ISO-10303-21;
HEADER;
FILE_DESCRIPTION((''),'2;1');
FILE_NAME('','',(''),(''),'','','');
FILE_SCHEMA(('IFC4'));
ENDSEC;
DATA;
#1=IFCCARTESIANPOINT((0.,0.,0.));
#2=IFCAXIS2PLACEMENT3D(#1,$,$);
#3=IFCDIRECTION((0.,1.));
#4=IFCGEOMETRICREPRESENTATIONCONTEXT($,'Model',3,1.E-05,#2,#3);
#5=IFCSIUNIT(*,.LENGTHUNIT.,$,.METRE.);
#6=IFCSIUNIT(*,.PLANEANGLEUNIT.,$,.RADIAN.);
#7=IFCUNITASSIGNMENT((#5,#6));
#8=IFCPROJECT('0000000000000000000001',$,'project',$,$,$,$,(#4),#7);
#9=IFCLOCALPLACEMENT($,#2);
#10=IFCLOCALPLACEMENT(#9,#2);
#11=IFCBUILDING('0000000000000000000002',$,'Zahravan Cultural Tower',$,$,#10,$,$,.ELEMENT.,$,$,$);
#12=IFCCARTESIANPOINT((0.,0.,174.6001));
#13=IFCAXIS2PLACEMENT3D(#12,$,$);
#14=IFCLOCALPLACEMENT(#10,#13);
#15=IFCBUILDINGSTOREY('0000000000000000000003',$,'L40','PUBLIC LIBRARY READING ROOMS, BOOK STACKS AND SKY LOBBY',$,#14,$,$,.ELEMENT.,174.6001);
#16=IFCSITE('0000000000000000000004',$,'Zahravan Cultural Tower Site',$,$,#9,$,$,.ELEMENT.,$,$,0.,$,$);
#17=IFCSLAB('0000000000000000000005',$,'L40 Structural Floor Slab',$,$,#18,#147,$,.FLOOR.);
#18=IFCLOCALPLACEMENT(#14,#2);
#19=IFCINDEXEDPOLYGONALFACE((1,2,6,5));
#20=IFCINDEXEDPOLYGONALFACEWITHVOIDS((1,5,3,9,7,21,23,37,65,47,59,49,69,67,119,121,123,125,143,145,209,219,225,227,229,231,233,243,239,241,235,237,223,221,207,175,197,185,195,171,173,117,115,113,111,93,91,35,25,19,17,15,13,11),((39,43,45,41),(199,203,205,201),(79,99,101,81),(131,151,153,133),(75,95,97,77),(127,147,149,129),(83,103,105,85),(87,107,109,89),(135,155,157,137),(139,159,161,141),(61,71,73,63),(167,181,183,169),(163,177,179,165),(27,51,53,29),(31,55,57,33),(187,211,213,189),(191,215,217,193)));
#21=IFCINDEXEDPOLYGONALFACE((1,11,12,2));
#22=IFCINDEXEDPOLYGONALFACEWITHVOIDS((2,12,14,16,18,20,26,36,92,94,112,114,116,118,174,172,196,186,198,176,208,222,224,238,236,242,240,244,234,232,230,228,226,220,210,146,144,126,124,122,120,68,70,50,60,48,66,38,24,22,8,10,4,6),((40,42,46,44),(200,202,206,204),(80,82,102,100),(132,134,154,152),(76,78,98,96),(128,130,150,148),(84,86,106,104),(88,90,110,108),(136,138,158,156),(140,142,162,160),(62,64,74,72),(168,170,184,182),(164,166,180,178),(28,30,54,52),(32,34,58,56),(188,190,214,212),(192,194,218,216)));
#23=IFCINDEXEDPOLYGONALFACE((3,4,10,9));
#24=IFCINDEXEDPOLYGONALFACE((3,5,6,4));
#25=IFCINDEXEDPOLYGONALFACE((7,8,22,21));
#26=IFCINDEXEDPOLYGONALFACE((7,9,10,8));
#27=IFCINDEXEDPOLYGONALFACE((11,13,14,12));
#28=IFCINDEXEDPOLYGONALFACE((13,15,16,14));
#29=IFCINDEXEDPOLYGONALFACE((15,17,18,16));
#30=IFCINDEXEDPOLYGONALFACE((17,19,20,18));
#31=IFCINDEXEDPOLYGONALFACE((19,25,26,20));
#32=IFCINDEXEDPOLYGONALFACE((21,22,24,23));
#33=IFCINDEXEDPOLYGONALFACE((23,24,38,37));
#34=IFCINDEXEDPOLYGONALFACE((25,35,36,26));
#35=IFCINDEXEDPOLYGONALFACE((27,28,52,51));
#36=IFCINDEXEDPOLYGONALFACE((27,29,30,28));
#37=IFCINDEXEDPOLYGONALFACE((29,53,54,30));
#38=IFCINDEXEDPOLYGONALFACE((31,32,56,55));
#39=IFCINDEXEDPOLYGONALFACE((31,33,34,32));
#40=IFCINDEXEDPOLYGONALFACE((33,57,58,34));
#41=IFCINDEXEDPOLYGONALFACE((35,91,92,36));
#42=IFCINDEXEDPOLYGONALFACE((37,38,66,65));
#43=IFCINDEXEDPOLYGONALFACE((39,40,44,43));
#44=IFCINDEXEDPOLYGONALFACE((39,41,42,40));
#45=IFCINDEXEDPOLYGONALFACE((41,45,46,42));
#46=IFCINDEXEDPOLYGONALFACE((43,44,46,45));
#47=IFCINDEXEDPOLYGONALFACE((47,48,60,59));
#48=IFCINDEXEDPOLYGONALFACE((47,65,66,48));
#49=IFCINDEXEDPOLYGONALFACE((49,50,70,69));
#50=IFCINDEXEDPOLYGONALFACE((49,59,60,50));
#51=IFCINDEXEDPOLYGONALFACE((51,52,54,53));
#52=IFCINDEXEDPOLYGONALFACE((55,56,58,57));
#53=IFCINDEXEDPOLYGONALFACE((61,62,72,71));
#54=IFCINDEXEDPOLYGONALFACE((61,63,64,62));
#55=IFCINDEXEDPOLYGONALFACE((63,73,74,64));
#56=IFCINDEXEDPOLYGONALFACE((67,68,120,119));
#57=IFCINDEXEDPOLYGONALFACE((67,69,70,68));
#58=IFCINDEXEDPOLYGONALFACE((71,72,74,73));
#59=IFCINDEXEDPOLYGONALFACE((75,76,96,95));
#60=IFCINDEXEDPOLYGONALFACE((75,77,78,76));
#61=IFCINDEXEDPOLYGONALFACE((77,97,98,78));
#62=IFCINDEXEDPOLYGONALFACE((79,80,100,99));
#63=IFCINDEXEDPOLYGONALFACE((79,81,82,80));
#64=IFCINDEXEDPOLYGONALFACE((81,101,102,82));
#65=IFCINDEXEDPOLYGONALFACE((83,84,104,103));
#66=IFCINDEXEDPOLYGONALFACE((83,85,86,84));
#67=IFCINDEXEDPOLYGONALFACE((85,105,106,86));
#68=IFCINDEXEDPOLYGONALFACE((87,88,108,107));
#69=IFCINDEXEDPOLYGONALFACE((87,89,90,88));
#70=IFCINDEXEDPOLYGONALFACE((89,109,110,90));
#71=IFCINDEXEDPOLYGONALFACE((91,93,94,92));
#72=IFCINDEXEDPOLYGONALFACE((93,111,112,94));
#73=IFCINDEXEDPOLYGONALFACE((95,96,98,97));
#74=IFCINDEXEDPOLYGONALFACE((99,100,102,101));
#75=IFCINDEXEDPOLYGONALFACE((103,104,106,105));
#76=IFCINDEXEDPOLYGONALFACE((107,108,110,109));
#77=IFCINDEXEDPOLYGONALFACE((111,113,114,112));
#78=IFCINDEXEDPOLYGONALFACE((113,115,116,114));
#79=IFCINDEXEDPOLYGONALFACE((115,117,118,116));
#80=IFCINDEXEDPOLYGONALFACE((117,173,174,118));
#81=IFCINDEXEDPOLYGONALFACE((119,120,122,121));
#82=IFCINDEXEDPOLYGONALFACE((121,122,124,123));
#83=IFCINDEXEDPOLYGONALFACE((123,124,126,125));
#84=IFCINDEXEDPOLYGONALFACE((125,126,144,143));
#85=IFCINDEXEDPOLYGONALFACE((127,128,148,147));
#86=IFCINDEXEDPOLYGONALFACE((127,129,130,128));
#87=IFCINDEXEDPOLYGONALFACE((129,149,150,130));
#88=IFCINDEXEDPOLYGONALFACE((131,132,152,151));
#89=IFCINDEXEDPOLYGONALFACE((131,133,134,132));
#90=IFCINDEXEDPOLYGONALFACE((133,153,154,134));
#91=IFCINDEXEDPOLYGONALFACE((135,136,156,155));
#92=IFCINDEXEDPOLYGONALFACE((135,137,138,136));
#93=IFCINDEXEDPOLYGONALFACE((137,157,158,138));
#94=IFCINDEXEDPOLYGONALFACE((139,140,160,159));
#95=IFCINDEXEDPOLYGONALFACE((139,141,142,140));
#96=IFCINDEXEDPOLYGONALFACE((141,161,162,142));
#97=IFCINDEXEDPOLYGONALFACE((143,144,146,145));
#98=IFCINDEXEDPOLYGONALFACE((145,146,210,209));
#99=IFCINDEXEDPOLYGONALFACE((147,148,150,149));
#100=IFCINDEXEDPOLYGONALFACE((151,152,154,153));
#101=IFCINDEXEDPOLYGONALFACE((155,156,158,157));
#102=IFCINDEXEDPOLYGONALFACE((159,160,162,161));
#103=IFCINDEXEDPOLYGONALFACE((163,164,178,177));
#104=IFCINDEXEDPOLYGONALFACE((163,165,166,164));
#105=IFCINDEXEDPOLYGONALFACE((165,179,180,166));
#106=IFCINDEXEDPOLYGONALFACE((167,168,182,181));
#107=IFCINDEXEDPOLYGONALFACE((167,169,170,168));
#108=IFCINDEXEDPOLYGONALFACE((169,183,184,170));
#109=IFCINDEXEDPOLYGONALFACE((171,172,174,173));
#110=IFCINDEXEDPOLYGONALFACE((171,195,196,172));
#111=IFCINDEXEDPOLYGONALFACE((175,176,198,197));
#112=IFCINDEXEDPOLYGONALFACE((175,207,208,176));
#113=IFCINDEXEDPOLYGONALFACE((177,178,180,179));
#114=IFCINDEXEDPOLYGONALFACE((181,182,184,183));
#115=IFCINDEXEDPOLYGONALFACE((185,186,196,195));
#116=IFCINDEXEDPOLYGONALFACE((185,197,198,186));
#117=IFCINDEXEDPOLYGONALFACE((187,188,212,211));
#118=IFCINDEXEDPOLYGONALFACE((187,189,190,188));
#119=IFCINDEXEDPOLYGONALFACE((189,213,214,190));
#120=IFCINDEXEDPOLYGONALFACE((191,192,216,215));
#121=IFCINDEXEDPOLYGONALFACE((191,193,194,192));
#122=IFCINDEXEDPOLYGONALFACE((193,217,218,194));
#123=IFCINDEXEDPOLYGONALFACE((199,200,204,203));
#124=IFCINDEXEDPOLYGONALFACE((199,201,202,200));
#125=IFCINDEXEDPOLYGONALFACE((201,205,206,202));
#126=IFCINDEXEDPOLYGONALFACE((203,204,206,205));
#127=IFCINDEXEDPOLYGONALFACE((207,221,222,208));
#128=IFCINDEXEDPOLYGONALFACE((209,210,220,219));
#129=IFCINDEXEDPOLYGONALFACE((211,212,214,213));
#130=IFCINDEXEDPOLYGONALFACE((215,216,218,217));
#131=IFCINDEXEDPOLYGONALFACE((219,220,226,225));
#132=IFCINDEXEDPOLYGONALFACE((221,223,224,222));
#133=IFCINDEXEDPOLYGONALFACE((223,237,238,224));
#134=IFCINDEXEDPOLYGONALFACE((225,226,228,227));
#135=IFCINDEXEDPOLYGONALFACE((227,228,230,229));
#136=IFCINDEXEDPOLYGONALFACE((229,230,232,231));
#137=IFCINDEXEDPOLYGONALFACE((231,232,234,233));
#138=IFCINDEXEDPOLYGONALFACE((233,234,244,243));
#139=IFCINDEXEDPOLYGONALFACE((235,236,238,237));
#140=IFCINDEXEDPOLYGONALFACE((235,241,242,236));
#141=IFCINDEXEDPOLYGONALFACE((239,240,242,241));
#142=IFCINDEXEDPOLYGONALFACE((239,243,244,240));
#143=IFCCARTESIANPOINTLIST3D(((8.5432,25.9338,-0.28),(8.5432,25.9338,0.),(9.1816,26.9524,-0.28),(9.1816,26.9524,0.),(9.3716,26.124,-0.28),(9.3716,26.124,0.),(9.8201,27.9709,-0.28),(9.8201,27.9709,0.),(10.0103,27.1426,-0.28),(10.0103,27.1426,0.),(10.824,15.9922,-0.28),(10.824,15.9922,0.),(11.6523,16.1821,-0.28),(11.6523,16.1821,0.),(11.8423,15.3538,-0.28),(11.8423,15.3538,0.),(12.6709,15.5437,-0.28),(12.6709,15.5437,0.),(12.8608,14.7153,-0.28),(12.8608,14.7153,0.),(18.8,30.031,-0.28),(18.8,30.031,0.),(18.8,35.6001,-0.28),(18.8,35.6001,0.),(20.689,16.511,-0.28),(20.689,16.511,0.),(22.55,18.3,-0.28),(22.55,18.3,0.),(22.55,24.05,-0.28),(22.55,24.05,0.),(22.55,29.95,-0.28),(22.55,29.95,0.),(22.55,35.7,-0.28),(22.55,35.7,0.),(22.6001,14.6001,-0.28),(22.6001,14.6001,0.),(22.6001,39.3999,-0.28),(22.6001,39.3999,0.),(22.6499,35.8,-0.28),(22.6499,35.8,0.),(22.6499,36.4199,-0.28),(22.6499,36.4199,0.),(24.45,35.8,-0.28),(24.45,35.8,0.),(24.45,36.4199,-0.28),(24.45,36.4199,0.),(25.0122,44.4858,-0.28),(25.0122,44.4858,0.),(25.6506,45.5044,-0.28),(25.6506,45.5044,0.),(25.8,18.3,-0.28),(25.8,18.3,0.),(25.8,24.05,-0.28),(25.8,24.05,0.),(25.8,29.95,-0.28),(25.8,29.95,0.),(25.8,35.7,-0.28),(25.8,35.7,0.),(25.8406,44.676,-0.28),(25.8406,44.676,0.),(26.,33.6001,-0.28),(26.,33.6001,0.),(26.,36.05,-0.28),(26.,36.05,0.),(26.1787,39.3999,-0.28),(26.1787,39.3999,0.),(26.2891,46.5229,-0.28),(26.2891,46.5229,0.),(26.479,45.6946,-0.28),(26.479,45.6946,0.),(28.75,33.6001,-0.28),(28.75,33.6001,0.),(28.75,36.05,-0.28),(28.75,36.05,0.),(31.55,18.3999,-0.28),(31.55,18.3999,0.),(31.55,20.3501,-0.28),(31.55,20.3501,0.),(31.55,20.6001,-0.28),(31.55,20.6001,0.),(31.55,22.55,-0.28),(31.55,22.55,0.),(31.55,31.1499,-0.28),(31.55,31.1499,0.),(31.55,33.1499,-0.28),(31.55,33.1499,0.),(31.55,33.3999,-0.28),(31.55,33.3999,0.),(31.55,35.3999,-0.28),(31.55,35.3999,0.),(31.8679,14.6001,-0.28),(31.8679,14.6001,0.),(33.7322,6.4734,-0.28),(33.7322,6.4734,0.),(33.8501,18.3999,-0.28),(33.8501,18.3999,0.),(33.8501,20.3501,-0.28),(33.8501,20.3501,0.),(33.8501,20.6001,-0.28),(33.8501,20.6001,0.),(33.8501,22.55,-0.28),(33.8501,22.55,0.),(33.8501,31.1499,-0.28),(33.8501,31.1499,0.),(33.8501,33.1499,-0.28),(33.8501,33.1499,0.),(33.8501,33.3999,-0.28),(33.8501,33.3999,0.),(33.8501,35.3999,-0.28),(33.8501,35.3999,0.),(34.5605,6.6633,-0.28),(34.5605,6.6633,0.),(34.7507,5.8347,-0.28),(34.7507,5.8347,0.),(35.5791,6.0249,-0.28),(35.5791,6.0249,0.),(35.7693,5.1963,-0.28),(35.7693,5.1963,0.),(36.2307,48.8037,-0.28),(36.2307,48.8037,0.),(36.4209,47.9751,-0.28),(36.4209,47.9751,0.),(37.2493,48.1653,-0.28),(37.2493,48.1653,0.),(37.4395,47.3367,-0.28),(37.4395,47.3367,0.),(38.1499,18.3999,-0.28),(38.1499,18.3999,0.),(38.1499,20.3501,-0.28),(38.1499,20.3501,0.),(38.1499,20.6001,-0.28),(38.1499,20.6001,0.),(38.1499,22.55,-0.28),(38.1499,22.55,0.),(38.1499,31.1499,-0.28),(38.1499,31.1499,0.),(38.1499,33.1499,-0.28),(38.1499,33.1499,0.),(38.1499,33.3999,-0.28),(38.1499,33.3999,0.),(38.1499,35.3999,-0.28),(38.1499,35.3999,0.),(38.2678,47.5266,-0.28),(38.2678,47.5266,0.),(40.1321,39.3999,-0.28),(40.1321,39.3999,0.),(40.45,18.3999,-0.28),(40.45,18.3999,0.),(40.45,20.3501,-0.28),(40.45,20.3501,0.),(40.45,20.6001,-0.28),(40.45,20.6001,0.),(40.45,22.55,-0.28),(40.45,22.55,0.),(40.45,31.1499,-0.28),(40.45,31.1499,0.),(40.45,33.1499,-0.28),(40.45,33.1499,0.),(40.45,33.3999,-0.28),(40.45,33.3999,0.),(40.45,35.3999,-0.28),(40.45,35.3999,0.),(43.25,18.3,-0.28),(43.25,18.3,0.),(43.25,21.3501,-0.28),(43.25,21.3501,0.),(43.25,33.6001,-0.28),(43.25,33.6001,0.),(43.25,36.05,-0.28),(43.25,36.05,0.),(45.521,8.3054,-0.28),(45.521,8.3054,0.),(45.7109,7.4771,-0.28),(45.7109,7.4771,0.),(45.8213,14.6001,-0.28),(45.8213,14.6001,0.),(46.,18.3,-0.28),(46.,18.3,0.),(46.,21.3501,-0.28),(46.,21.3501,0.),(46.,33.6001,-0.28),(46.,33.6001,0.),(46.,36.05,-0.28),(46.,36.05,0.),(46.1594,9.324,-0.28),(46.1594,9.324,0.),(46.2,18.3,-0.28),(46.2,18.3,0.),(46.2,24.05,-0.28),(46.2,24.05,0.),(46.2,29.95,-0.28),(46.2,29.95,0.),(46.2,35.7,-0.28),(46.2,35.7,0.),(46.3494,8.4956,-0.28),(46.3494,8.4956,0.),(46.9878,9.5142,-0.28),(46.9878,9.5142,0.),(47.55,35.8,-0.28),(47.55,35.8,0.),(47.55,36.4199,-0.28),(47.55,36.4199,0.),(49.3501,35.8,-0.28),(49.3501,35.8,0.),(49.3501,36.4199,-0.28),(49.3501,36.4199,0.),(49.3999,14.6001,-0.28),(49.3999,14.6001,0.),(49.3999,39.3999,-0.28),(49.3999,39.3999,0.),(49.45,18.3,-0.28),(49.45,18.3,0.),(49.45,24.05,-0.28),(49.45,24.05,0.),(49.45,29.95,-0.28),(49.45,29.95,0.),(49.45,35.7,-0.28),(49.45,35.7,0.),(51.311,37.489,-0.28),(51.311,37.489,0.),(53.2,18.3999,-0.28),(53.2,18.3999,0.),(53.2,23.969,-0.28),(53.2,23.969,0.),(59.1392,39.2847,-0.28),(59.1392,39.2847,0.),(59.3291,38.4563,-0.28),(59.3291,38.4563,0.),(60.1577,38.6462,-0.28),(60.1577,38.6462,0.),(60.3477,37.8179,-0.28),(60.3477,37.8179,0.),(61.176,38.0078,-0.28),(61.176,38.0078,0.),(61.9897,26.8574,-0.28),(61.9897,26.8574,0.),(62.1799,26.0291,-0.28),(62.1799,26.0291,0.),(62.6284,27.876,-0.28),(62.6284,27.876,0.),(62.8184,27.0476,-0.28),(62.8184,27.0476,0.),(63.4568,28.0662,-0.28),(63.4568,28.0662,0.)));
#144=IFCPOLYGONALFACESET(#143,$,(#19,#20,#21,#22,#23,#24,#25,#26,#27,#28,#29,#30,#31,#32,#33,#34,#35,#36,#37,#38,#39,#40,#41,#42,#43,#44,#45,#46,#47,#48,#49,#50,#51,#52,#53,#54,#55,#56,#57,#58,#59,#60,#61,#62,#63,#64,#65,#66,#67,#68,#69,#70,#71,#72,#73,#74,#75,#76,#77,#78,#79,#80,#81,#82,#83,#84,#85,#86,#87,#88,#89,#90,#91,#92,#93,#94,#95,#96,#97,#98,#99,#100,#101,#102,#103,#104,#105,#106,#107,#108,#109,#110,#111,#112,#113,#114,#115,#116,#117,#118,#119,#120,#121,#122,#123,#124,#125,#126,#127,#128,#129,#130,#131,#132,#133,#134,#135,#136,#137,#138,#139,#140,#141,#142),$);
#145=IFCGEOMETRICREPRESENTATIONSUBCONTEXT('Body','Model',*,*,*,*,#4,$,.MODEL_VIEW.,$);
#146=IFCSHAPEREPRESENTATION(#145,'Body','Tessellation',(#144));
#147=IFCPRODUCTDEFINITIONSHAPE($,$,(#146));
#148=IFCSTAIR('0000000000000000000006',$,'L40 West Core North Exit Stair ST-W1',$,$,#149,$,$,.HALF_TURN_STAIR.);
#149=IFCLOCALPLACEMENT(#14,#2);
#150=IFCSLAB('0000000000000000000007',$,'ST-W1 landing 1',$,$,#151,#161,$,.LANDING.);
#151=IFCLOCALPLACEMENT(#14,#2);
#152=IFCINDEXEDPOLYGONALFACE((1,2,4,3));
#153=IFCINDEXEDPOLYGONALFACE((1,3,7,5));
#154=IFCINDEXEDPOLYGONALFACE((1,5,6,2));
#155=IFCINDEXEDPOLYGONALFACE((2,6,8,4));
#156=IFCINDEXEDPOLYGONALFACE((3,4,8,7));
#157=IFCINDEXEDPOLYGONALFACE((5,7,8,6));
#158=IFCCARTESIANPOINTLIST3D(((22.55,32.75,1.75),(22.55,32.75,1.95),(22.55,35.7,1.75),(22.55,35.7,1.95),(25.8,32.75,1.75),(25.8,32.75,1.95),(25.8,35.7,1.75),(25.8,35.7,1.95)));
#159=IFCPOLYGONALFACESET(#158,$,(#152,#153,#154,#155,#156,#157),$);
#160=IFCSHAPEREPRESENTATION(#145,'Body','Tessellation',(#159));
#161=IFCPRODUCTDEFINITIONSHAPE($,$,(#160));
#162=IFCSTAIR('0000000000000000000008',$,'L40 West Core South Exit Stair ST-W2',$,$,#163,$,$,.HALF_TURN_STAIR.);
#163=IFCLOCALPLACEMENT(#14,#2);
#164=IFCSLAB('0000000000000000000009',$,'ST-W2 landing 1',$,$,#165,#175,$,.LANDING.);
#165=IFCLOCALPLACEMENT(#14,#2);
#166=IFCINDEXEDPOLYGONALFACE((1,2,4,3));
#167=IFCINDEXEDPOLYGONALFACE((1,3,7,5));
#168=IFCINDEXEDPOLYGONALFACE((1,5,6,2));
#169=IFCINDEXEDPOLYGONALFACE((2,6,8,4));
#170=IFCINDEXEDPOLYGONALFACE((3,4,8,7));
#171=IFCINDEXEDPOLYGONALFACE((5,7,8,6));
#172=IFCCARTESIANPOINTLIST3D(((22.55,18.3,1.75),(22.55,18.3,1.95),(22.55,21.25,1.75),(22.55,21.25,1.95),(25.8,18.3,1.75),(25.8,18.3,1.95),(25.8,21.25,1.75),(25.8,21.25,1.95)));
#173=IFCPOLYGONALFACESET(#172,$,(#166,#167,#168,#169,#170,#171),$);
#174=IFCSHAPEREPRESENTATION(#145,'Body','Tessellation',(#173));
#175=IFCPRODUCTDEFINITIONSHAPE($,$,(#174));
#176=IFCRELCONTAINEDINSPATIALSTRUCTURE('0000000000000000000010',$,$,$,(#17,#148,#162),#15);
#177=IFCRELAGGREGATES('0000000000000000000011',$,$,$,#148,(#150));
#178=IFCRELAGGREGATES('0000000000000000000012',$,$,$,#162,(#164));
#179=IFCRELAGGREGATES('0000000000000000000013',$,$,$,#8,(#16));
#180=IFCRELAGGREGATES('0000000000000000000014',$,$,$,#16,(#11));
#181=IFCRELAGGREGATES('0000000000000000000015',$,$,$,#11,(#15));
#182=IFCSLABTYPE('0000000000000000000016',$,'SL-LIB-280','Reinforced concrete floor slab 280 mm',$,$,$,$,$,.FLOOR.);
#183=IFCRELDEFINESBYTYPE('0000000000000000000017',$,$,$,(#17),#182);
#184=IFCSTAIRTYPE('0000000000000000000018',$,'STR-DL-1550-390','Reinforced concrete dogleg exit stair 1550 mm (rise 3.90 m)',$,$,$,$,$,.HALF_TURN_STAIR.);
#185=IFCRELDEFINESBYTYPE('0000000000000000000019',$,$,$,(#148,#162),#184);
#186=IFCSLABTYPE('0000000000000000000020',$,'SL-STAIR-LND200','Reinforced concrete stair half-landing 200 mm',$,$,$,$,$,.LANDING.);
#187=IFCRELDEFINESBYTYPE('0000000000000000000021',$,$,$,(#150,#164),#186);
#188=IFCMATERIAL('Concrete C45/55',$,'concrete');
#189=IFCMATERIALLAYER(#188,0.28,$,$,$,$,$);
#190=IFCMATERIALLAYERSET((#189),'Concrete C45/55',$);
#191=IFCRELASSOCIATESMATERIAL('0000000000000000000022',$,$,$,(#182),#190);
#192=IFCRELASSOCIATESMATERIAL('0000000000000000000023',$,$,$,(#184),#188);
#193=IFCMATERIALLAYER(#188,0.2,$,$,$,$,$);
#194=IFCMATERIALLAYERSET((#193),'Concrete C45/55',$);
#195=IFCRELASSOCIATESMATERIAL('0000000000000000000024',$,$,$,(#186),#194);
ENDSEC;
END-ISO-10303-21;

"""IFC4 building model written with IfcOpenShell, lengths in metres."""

from ifc_helpers import new_model, si_unit, direction, frame, origin, place, context, subcontext, project, spatial, polyline, outline, extrude, material, layer, layer_set, type_object, element, aggregate, save


model = new_model("IFC4")

# Units and contexts
model_context = context("Model", 3, precision=1e-05, world=origin(), true_north=direction((0.0, 1.0)))
body_context = subcontext(model_context, "Body", "Model", "MODEL_VIEW")
ifc_project = project(units=[si_unit("LENGTHUNIT", "METRE"), si_unit("PLANEANGLEUNIT", "RADIAN")], contexts=[model_context])

# Site, building, storey
site_placement = place(None, origin())
site = spatial("IfcSite", under=ifc_project, at=site_placement, Name="Zahravan Cultural Tower Site", CompositionType="ELEMENT", RefElevation=0.0)
building_placement = place(site_placement, origin())
building = spatial("IfcBuilding", under=site, at=building_placement, Name="Zahravan Cultural Tower", CompositionType="ELEMENT")
storey_placement = place(building_placement, frame((0.0, 0.0, 174.6001)))
storey = spatial("IfcBuildingStorey", under=building, at=storey_placement, Name="L40", Description="PUBLIC LIBRARY READING ROOMS, BOOK STACKS AND SKY LOBBY", CompositionType="ELEMENT", Elevation=174.6001)

# Slab
ifc_material_1 = material(Name="Concrete C45/55", Category="concrete")
ifc_layer_1 = layer(ifc_material_1, 0.28)
ifc_layer_set_1 = layer_set([ifc_layer_1], Name="Concrete C45/55")
slab_type_1 = type_object("IfcSlabType", Name="SL-LIB-280", Description="Reinforced concrete floor slab 280 mm", PredefinedType="FLOOR", material=ifc_layer_set_1)
slab_1_placement = place(storey_placement, frame((0.0, 0.0, -0.28)))
element("IfcSlab", 1, at=slab_1_placement, inside=storey, type_object=slab_type_1, Name="L40 Structural Floor Slab", PredefinedType="FLOOR", context=body_context, shape_type="SweptSolid", body=[
    extrude(outline(polyline([(51.311, 37.489), (49.3999, 39.3999), (40.1321, 39.3999), (38.2678, 47.5266), (37.4395, 47.3367), (37.2493, 48.1653), (36.4209, 47.9751), (36.2307, 48.8037), (26.2891, 46.5229), (26.479, 45.6946), (25.6506, 45.5044), (25.8406, 44.676), (25.0122, 44.4858), (26.1787, 39.3999), (22.6001, 39.3999), (18.8, 35.6001), (18.8, 30.031), (9.8201, 27.9709), (10.0103, 27.1426), (9.1816, 26.9524), (9.3716, 26.124), (8.5432, 25.9338), (10.824, 15.9922), (11.6523, 16.1821), (11.8423, 15.3538), (12.6709, 15.5437), (12.8608, 14.7153), (20.689, 16.511), (22.6001, 14.6001), (31.8679, 14.6001), (33.7322, 6.4734), (34.5605, 6.6633), (34.7507, 5.8347), (35.5791, 6.0249), (35.7693, 5.1963), (45.7109, 7.4771), (45.521, 8.3054), (46.3494, 8.4956), (46.1594, 9.324), (46.9878, 9.5142), (45.8213, 14.6001), (49.3999, 14.6001), (53.2, 18.3999), (53.2, 23.969), (62.1799, 26.0291), (61.9897, 26.8574), (62.8184, 27.0476), (62.6284, 27.876), (63.4568, 28.0662), (61.176, 38.0078), (60.3477, 37.8179), (60.1577, 38.6462), (59.3291, 38.4563), (59.1392, 39.2847), (51.311, 37.489)]), holes=[polyline([(22.55, 29.95), (22.55, 35.7), (25.8, 35.7), (25.8, 29.95), (22.55, 29.95)]), polyline([(22.55, 18.3), (22.55, 24.05), (25.8, 24.05), (25.8, 18.3), (22.55, 18.3)]), polyline([(46.2, 29.95), (46.2, 35.7), (49.45, 35.7), (49.45, 29.95), (46.2, 29.95)]), polyline([(46.2, 18.3), (46.2, 24.05), (49.45, 24.05), (49.45, 18.3), (46.2, 18.3)]), polyline([(26.0, 33.6001), (26.0, 36.05), (28.75, 36.05), (28.75, 33.6001), (26.0, 33.6001)]), polyline([(43.25, 33.6001), (43.25, 36.05), (46.0, 36.05), (46.0, 33.6001), (43.25, 33.6001)]), polyline([(43.25, 18.3), (43.25, 21.3501), (46.0, 21.3501), (46.0, 18.3), (43.25, 18.3)]), polyline([(31.55, 33.3999), (31.55, 35.3999), (33.8501, 35.3999), (33.8501, 33.3999), (31.55, 33.3999)]), polyline([(31.55, 31.1499), (31.55, 33.1499), (33.8501, 33.1499), (33.8501, 31.1499), (31.55, 31.1499)]), polyline([(38.1499, 33.3999), (38.1499, 35.3999), (40.45, 35.3999), (40.45, 33.3999), (38.1499, 33.3999)]), polyline([(38.1499, 31.1499), (38.1499, 33.1499), (40.45, 33.1499), (40.45, 31.1499), (38.1499, 31.1499)]), polyline([(31.55, 20.6001), (31.55, 22.55), (33.8501, 22.55), (33.8501, 20.6001), (31.55, 20.6001)]), polyline([(31.55, 18.3999), (31.55, 20.3501), (33.8501, 20.3501), (33.8501, 18.3999), (31.55, 18.3999)]), polyline([(38.1499, 20.6001), (38.1499, 22.55), (40.45, 22.55), (40.45, 20.6001), (38.1499, 20.6001)]), polyline([(38.1499, 18.3999), (38.1499, 20.3501), (40.45, 20.3501), (40.45, 18.3999), (38.1499, 18.3999)]), polyline([(22.6499, 35.8), (22.6499, 36.4199), (24.45, 36.4199), (24.45, 35.8), (22.6499, 35.8)]), polyline([(47.55, 35.8), (47.55, 36.4199), (49.3501, 36.4199), (49.3501, 35.8), (47.55, 35.8)])]), origin(), (0.0, 0.0, 1.0), 0.28),
])

# Stairs, slabs
stair_type = type_object("IfcStairType", Name="STR-DL-1550-390", Description="Reinforced concrete dogleg exit stair 1550 mm (rise 3.90 m)", PredefinedType="HALF_TURN_STAIR", material=ifc_material_1)
stair_1_placement = place(storey_placement, origin())
stair_1 = element("IfcStair", 2, at=stair_1_placement, inside=storey, type_object=stair_type, Name="L40 West Core North Exit Stair ST-W1", PredefinedType="HALF_TURN_STAIR")
ifc_layer_2 = layer(ifc_material_1, 0.2)
ifc_layer_set_2 = layer_set([ifc_layer_2], Name="Concrete C45/55")
slab_type_2 = type_object("IfcSlabType", Name="SL-STAIR-LND200", Description="Reinforced concrete stair half-landing 200 mm", PredefinedType="LANDING", material=ifc_layer_set_2)
slab_2_placement = place(storey_placement, frame((0.0, 0.0, 1.75)))
slab_2 = element("IfcSlab", 3, at=slab_2_placement, type_object=slab_type_2, Name="ST-W1 landing 1", PredefinedType="LANDING", context=body_context, shape_type="SweptSolid", body=[
    extrude(outline(polyline([(25.8, 32.75), (25.8, 35.7), (22.55, 35.7), (22.55, 32.75), (25.8, 32.75)])), origin(), (0.0, 0.0, 1.0), 0.2),
])
aggregate(stair_1, [slab_2])
stair_2_placement = place(storey_placement, origin())
stair_2 = element("IfcStair", 4, at=stair_2_placement, inside=storey, type_object=stair_type, Name="L40 West Core South Exit Stair ST-W2", PredefinedType="HALF_TURN_STAIR")
slab_3_placement = place(storey_placement, frame((0.0, 0.0, 1.75)))
slab_3 = element("IfcSlab", 5, at=slab_3_placement, type_object=slab_type_2, Name="ST-W2 landing 1", PredefinedType="LANDING", context=body_context, shape_type="SweptSolid", body=[
    extrude(outline(polyline([(22.55, 21.25), (22.55, 18.3), (25.8, 18.3), (25.8, 21.25), (22.55, 21.25)])), origin(), (0.0, 0.0, 1.0), 0.2),
])
aggregate(stair_2, [slab_3])

save(model, "model.ifc")
